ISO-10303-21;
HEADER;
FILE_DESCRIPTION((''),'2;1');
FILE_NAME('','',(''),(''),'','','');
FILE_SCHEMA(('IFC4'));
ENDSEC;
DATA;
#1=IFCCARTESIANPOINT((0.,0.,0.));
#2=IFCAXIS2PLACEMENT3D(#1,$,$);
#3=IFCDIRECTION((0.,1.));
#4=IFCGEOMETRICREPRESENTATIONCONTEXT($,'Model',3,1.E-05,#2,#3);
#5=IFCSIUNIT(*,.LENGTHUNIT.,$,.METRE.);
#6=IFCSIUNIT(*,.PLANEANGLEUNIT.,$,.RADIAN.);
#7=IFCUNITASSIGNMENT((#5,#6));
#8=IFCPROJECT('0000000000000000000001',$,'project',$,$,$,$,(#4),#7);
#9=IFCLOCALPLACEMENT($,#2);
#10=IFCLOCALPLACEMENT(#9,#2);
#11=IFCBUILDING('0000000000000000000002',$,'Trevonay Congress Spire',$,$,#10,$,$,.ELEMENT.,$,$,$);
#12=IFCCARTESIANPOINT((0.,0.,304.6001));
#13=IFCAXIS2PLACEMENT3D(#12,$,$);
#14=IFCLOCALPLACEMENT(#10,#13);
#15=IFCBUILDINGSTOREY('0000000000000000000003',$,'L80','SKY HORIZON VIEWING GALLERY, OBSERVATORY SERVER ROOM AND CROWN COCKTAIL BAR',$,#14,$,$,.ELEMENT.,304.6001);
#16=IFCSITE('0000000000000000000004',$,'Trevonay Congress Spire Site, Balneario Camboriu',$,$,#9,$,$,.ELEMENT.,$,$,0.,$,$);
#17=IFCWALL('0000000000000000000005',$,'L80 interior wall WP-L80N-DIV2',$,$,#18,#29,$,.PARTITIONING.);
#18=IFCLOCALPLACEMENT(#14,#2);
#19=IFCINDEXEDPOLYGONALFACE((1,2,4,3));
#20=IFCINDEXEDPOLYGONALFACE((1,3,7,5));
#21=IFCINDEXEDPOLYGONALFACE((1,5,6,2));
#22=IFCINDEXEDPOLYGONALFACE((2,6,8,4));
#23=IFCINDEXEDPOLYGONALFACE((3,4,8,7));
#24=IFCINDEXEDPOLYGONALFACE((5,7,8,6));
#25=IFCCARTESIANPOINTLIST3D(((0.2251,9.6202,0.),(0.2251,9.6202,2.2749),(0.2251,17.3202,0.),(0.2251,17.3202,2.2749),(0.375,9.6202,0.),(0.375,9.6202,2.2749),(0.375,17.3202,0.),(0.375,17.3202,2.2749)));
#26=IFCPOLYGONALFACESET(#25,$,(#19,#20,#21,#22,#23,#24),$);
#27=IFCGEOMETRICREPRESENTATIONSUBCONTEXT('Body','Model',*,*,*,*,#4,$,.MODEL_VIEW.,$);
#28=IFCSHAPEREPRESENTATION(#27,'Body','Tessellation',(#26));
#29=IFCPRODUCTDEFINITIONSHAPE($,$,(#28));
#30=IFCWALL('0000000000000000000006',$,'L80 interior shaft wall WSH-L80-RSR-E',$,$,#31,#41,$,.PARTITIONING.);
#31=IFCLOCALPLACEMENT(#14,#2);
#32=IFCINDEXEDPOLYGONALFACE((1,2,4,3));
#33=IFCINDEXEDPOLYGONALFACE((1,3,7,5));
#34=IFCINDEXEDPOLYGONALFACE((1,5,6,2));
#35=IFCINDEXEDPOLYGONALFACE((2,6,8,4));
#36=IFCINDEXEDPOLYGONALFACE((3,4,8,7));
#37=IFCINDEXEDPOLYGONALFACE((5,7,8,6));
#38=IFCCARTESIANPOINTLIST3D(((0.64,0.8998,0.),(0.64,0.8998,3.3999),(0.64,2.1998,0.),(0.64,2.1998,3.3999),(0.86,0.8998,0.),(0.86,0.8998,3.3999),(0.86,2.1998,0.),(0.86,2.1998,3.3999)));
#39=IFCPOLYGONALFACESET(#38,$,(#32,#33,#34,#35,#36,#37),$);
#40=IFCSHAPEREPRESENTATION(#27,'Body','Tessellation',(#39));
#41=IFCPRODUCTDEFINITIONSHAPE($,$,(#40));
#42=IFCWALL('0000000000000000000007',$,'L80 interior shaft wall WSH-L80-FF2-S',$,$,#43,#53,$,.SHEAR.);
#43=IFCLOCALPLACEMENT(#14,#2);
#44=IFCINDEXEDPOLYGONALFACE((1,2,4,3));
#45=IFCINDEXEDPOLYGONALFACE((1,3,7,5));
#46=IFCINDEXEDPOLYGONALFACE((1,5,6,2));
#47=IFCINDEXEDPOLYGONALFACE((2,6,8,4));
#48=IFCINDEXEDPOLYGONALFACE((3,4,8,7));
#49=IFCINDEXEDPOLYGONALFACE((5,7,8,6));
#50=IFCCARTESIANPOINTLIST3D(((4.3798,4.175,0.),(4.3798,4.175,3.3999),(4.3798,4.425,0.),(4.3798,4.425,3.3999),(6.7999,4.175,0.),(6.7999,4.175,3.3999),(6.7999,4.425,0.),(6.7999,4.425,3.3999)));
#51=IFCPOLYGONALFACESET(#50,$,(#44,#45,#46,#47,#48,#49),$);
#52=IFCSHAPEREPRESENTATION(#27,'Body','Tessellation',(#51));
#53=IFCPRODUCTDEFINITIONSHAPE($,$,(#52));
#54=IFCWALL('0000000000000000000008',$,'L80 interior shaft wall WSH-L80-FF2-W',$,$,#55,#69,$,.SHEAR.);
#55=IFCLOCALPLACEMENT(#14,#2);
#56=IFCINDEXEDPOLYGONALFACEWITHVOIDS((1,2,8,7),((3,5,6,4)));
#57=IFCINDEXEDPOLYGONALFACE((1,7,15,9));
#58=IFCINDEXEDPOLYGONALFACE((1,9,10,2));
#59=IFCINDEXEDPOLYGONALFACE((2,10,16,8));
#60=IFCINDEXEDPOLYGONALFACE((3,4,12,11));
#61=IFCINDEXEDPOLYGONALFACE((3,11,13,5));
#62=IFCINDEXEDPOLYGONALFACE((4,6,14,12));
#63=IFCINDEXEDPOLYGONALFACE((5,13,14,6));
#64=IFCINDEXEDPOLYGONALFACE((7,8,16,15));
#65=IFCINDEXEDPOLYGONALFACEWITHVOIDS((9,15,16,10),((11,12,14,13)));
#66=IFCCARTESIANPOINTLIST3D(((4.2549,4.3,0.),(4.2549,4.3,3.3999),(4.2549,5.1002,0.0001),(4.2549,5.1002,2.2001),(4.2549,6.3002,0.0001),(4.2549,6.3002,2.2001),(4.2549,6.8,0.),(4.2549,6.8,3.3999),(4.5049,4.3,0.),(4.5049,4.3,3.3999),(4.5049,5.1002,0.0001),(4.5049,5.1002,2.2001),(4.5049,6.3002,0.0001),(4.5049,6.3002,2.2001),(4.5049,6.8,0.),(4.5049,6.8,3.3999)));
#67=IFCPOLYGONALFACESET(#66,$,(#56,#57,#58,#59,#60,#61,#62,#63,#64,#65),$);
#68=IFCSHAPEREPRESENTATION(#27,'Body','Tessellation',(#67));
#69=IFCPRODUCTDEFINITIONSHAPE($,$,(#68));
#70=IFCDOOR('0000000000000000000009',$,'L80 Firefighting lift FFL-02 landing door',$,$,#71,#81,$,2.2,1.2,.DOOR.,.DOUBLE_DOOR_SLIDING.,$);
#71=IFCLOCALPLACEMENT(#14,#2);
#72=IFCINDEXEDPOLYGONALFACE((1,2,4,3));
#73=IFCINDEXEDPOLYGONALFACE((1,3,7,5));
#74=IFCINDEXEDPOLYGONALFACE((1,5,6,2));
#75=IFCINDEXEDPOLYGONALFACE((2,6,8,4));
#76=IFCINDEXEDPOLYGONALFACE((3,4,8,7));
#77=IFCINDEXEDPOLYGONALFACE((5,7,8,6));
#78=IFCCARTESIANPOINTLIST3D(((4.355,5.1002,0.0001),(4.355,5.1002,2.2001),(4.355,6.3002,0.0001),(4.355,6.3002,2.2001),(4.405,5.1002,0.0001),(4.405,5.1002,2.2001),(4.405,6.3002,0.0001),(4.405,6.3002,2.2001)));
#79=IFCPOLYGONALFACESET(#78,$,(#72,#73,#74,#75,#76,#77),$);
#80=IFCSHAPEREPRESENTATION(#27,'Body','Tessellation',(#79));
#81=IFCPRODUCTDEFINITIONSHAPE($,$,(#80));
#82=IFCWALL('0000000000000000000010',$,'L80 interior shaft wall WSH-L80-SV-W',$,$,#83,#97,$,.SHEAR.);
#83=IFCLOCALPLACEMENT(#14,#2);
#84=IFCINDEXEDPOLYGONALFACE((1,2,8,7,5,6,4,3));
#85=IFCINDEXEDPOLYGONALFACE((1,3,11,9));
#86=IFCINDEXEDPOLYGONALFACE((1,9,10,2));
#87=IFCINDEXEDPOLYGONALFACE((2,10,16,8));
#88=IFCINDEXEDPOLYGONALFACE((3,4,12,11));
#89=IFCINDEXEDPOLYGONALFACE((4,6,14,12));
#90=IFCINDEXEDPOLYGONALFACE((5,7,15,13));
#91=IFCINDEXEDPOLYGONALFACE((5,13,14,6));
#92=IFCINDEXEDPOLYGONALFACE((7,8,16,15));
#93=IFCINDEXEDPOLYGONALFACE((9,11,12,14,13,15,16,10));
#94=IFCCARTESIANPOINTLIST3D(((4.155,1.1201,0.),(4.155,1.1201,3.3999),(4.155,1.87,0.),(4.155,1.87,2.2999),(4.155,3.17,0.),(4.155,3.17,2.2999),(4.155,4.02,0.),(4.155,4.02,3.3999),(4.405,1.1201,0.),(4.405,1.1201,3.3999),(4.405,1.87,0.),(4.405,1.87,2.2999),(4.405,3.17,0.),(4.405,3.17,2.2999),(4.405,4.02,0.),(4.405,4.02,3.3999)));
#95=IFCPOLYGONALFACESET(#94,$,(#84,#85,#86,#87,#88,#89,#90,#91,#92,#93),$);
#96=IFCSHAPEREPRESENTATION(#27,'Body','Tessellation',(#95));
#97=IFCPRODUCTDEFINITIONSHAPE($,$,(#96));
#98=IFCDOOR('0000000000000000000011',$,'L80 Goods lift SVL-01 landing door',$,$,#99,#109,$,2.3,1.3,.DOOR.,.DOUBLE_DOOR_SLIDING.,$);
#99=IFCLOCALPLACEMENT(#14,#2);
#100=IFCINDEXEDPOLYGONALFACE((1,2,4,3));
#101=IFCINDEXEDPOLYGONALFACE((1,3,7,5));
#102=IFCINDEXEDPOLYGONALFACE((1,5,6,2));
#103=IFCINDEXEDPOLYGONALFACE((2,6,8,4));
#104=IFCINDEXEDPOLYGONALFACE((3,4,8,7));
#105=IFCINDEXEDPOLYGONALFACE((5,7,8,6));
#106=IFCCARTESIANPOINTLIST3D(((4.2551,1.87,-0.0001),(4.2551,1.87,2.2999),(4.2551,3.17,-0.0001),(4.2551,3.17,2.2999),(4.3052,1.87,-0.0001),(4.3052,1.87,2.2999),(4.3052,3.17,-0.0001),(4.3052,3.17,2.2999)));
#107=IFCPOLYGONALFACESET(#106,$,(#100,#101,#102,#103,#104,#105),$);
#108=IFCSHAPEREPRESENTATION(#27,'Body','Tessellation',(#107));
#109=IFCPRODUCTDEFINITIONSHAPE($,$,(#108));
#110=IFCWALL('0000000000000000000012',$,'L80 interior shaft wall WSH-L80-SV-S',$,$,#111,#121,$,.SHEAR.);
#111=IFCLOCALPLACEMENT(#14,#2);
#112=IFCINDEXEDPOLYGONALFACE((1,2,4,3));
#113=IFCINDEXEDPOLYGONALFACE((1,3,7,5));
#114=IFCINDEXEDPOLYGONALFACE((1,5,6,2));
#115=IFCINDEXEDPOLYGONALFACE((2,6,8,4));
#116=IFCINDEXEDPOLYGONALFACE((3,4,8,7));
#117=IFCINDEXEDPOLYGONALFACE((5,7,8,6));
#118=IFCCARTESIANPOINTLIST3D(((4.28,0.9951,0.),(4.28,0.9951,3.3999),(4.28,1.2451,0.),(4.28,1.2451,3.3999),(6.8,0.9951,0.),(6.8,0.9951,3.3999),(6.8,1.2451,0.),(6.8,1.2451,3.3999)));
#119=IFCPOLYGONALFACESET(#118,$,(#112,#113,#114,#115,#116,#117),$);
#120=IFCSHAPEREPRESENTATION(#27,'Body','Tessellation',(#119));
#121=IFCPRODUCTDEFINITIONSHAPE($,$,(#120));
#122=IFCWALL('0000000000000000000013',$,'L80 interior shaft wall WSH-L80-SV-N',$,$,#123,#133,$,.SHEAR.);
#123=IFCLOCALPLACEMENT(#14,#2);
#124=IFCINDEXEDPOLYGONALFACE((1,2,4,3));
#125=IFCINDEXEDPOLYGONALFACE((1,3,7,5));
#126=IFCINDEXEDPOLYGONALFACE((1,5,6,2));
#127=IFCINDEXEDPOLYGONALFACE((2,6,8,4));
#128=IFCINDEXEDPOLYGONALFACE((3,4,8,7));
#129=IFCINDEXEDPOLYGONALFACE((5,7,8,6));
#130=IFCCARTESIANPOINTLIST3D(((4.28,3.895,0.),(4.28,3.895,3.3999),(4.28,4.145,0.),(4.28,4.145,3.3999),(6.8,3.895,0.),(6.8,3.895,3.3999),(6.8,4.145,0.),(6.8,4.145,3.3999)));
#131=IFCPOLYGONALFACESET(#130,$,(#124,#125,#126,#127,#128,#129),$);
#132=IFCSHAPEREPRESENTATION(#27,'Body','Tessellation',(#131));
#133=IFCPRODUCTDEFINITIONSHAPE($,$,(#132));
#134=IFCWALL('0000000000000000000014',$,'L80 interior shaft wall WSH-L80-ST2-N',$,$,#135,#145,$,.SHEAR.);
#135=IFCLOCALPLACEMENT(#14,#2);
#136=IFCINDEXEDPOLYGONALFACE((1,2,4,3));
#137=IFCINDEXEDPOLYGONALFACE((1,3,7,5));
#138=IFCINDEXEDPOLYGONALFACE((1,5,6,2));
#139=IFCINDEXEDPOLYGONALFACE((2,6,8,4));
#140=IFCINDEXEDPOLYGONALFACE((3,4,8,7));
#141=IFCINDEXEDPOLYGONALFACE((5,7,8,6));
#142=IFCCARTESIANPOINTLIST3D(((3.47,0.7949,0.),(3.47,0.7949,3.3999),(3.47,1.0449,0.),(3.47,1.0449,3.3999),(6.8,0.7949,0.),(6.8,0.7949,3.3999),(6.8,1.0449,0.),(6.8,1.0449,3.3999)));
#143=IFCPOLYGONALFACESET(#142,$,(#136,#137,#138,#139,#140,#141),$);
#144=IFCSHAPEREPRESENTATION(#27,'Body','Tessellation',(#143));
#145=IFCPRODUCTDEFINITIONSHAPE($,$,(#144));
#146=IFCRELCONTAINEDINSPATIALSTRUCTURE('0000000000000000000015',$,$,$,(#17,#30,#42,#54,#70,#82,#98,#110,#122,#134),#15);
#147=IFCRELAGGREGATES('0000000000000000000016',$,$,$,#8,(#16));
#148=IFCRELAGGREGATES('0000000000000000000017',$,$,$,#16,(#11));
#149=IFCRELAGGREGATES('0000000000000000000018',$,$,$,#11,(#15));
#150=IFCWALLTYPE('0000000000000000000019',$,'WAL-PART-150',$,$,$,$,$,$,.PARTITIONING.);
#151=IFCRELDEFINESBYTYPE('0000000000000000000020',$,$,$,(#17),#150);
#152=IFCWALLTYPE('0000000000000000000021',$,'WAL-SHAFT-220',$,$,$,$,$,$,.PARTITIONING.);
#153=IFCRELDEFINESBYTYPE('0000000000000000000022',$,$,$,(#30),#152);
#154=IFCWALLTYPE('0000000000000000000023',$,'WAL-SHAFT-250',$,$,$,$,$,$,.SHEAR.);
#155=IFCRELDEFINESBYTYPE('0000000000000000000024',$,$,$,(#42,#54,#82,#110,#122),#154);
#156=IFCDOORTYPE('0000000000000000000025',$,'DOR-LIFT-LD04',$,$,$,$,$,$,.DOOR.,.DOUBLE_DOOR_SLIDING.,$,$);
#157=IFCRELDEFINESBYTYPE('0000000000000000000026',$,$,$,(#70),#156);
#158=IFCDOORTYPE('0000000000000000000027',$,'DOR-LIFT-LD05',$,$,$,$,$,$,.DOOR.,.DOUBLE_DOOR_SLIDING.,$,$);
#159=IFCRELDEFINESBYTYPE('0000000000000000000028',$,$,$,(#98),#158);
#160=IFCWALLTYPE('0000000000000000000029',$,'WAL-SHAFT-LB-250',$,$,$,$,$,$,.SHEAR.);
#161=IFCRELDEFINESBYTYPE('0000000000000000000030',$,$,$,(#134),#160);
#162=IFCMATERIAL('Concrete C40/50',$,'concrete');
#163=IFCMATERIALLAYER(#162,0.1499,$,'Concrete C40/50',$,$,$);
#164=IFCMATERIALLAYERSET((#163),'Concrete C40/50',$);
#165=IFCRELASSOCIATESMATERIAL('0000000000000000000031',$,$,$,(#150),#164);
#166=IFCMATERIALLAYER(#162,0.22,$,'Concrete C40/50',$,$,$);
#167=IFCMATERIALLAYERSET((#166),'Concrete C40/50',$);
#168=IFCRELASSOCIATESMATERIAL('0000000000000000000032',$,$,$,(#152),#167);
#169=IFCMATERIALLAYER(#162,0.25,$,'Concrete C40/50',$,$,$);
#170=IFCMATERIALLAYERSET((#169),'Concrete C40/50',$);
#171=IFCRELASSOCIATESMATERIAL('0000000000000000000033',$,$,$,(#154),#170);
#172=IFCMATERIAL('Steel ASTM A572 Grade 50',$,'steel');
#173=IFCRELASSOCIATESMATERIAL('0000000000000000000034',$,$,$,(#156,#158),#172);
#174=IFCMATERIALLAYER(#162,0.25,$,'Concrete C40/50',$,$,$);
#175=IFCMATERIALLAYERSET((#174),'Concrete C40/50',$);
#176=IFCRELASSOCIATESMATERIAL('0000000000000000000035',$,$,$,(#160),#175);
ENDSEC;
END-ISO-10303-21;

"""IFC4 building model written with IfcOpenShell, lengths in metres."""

from ifc_helpers import new_model, si_unit, direction, frame, frame_2d, origin, place, context, subcontext, project, spatial, rectangle, extrude, material, layer, layer_set, type_object, element, fill, save


model = new_model("IFC4")

# Units and contexts
model_context = context("Model", 3, precision=1e-05, world=origin(), true_north=direction((0.0, 1.0)))
body_context = subcontext(model_context, "Body", "Model", "MODEL_VIEW")
ifc_project = project(units=[si_unit("LENGTHUNIT", "METRE"), si_unit("PLANEANGLEUNIT", "RADIAN")], contexts=[model_context])

# Site, building, storey
site_placement = place(None, origin())
site = spatial("IfcSite", under=ifc_project, at=site_placement, Name="Trevonay Congress Spire Site, Balneario Camboriu", CompositionType="ELEMENT", RefElevation=0.0)
building_placement = place(site_placement, origin())
building = spatial("IfcBuilding", under=site, at=building_placement, Name="Trevonay Congress Spire", CompositionType="ELEMENT")
storey_placement = place(building_placement, frame((0.0, 0.0, 304.6001)))
storey = spatial("IfcBuildingStorey", under=building, at=storey_placement, Name="L80", Description="SKY HORIZON VIEWING GALLERY, OBSERVATORY SERVER ROOM AND CROWN COCKTAIL BAR", CompositionType="ELEMENT", Elevation=304.6001)

# Shared definitions
ifc_material_1 = material(Name="Steel ASTM A572 Grade 50", Category="steel")

# Walls
ifc_material_2 = material(Name="Concrete C40/50", Category="concrete")
ifc_layer_1 = layer(ifc_material_2, 0.1499, Name="Concrete C40/50")
ifc_layer_set_1 = layer_set([ifc_layer_1], Name="Concrete C40/50")
wall_type_1 = type_object("IfcWallType", Name="WAL-PART-150", PredefinedType="PARTITIONING", material=ifc_layer_set_1)
wall_1_placement = place(storey_placement, frame((0.3, 9.6201, 0.0), z_axis=(0.0, 0.0, 1.0), x_axis=(0.0, 1.0, 0.0)))
element("IfcWall", 1, at=wall_1_placement, inside=storey, type_object=wall_type_1, Name="L80 interior wall WP-L80N-DIV2", PredefinedType="PARTITIONING", context=body_context, shape_type="SweptSolid", body=[
    extrude(rectangle(XDim=7.7, YDim=0.1499, at=frame_2d((3.8501, 0.0))), origin(), (0.0, 0.0, 1.0), 2.2749),
])
ifc_layer_2 = layer(ifc_material_2, 0.22, Name="Concrete C40/50")
ifc_layer_set_2 = layer_set([ifc_layer_2], Name="Concrete C40/50")
wall_type_2 = type_object("IfcWallType", Name="WAL-SHAFT-220", PredefinedType="PARTITIONING", material=ifc_layer_set_2)
wall_2_placement = place(storey_placement, frame((0.75, 0.8999, 0.0), z_axis=(0.0, 0.0, 1.0), x_axis=(0.0, 1.0, 0.0)))
element("IfcWall", 2, at=wall_2_placement, inside=storey, type_object=wall_type_2, Name="L80 interior shaft wall WSH-L80-RSR-E", PredefinedType="PARTITIONING", context=body_context, shape_type="SweptSolid", body=[
    extrude(rectangle(XDim=1.3, YDim=0.22, at=frame_2d((0.6499, 0.0))), origin(), (0.0, 0.0, 1.0), 3.3999),
])
ifc_layer_3 = layer(ifc_material_2, 0.25, Name="Concrete C40/50")
ifc_layer_set_3 = layer_set([ifc_layer_3], Name="Concrete C40/50")
wall_type_3 = type_object("IfcWallType", Name="WAL-SHAFT-250", PredefinedType="SHEAR", material=ifc_layer_set_3)
wall_3_placement = place(storey_placement, frame((4.3799, 4.3, 0.0), z_axis=(0.0, 0.0, 1.0), x_axis=(1.0, 0.0, 0.0)))
element("IfcWall", 3, at=wall_3_placement, inside=storey, type_object=wall_type_3, Name="L80 interior shaft wall WSH-L80-FF2-S", PredefinedType="SHEAR", context=body_context, shape_type="SweptSolid", body=[
    extrude(rectangle(XDim=2.4202, YDim=0.25, at=frame_2d((1.21, 0.0))), origin(), (0.0, 0.0, 1.0), 3.3999),
])

# Walls, openings, doors
wall_4_placement = place(storey_placement, frame((4.3799, 4.3, 0.0), z_axis=(0.0, 0.0, 1.0), x_axis=(0.0, 1.0, 0.0)))
wall_4 = element("IfcWall", 4, at=wall_4_placement, inside=storey, type_object=wall_type_3, Name="L80 interior shaft wall WSH-L80-FF2-W", PredefinedType="SHEAR", context=body_context, shape_type="SweptSolid", body=[
    extrude(rectangle(XDim=2.5, YDim=0.25, at=frame_2d((1.25, 0.0))), origin(), (0.0, 0.0, 1.0), 3.3999),
])
opening_1_placement = place(wall_4_placement, frame((0.8, 0.0, 0.0)))
opening_1 = element("IfcOpeningElement", 5, at=opening_1_placement, cuts=wall_4, PredefinedType="OPENING", context=body_context, shape_type="SweptSolid", body=[
    extrude(rectangle(XDim=1.2, YDim=2.2, at=frame_2d((0.6001, 1.1001))), frame((0.0, 0.135, 0.0), z_axis=(0.0, -1.0, 0.0), x_axis=(1.0, 0.0, 0.0)), (0.0, 0.0, 1.0), 0.27),
])
door_type_1 = type_object("IfcDoorType", Name="DOR-LIFT-LD04", OperationType="DOUBLE_DOOR_SLIDING", PredefinedType="DOOR", material=ifc_material_1)
door_1_placement = place(opening_1_placement, origin())
door_1 = element("IfcDoor", 6, at=door_1_placement, inside=storey, type_object=door_type_1, Name="L80 Firefighting lift FFL-02 landing door", OperationType="DOUBLE_DOOR_SLIDING", OverallHeight=2.2, OverallWidth=1.2, PredefinedType="DOOR", context=body_context, shape_type="SweptSolid", body=[
    extrude(rectangle(XDim=1.2, YDim=2.2, at=frame_2d((0.6001, 1.1001))), frame((0.0, 0.0249, 0.0), z_axis=(0.0, -1.0, 0.0), x_axis=(1.0, 0.0, 0.0)), (0.0, 0.0, 1.0), 0.05),
])
fill(opening_1, door_1)
wall_5_placement = place(storey_placement, frame((4.28, 1.1201, 0.0), z_axis=(0.0, 0.0, 1.0), x_axis=(0.0, 1.0, 0.0)))
wall_5 = element("IfcWall", 7, at=wall_5_placement, inside=storey, type_object=wall_type_3, Name="L80 interior shaft wall WSH-L80-SV-W", PredefinedType="SHEAR", context=body_context, shape_type="SweptSolid", body=[
    extrude(rectangle(XDim=2.8999, YDim=0.25, at=frame_2d((1.45, 0.0))), origin(), (0.0, 0.0, 1.0), 3.3999),
])
opening_2_placement = place(wall_5_placement, frame((0.75, 0.0, 0.0)))
opening_2 = element("IfcOpeningElement", 8, at=opening_2_placement, cuts=wall_5, PredefinedType="OPENING", context=body_context, shape_type="SweptSolid", body=[
    extrude(rectangle(XDim=1.3, YDim=2.3, at=frame_2d((0.6499, 1.1499))), frame((0.0, 0.135, 0.0), z_axis=(0.0, -1.0, 0.0), x_axis=(1.0, 0.0, 0.0)), (0.0, 0.0, 1.0), 0.27),
])
door_type_2 = type_object("IfcDoorType", Name="DOR-LIFT-LD05", OperationType="DOUBLE_DOOR_SLIDING", PredefinedType="DOOR", material=ifc_material_1)
door_2_placement = place(opening_2_placement, origin())
door_2 = element("IfcDoor", 9, at=door_2_placement, inside=storey, type_object=door_type_2, Name="L80 Goods lift SVL-01 landing door", OperationType="DOUBLE_DOOR_SLIDING", OverallHeight=2.3, OverallWidth=1.3, PredefinedType="DOOR", context=body_context, shape_type="SweptSolid", body=[
    extrude(rectangle(XDim=1.3, YDim=2.3, at=frame_2d((0.6499, 1.1499))), frame((0.0, 0.0249, 0.0), z_axis=(0.0, -1.0, 0.0), x_axis=(1.0, 0.0, 0.0)), (0.0, 0.0, 1.0), 0.05),
])
fill(opening_2, door_2)

# Walls
for number, where, z_axis, x_axis, name in (
    (10, (4.28, 1.1201, 0.0), (0.0, 0.0, 1.0), (1.0, 0.0, 0.0), "L80 interior shaft wall WSH-L80-SV-S"),
    (11, (4.28, 4.02, 0.0), (0.0, 0.0, 1.0), (1.0, 0.0, 0.0), "L80 interior shaft wall WSH-L80-SV-N"),
):
    element("IfcWall", number, at=place(storey_placement, frame(where, z_axis=z_axis, x_axis=x_axis)), inside=storey, type_object=wall_type_3, Name=name, PredefinedType="SHEAR", context=body_context, shape_type="SweptSolid", body=[
        extrude(rectangle(XDim=2.52, YDim=0.25, at=frame_2d((1.26, 0.0))), origin(), (0.0, 0.0, 1.0), 3.3999),
    ])
ifc_layer_4 = layer(ifc_material_2, 0.25, Name="Concrete C40/50")
ifc_layer_set_4 = layer_set([ifc_layer_4], Name="Concrete C40/50")
wall_type_4 = type_object("IfcWallType", Name="WAL-SHAFT-LB-250", PredefinedType="SHEAR", material=ifc_layer_set_4)
wall_6_placement = place(storey_placement, frame((3.47, 0.9199, 0.0), z_axis=(0.0, 0.0, 1.0), x_axis=(1.0, 0.0, 0.0)))
element("IfcWall", 12, at=wall_6_placement, inside=storey, type_object=wall_type_4, Name="L80 interior shaft wall WSH-L80-ST2-N", PredefinedType="SHEAR", context=body_context, shape_type="SweptSolid", body=[
    extrude(rectangle(XDim=3.3301, YDim=0.25, at=frame_2d((1.665, 0.0))), origin(), (0.0, 0.0, 1.0), 3.3999),
])

save(model, "model.ifc")
